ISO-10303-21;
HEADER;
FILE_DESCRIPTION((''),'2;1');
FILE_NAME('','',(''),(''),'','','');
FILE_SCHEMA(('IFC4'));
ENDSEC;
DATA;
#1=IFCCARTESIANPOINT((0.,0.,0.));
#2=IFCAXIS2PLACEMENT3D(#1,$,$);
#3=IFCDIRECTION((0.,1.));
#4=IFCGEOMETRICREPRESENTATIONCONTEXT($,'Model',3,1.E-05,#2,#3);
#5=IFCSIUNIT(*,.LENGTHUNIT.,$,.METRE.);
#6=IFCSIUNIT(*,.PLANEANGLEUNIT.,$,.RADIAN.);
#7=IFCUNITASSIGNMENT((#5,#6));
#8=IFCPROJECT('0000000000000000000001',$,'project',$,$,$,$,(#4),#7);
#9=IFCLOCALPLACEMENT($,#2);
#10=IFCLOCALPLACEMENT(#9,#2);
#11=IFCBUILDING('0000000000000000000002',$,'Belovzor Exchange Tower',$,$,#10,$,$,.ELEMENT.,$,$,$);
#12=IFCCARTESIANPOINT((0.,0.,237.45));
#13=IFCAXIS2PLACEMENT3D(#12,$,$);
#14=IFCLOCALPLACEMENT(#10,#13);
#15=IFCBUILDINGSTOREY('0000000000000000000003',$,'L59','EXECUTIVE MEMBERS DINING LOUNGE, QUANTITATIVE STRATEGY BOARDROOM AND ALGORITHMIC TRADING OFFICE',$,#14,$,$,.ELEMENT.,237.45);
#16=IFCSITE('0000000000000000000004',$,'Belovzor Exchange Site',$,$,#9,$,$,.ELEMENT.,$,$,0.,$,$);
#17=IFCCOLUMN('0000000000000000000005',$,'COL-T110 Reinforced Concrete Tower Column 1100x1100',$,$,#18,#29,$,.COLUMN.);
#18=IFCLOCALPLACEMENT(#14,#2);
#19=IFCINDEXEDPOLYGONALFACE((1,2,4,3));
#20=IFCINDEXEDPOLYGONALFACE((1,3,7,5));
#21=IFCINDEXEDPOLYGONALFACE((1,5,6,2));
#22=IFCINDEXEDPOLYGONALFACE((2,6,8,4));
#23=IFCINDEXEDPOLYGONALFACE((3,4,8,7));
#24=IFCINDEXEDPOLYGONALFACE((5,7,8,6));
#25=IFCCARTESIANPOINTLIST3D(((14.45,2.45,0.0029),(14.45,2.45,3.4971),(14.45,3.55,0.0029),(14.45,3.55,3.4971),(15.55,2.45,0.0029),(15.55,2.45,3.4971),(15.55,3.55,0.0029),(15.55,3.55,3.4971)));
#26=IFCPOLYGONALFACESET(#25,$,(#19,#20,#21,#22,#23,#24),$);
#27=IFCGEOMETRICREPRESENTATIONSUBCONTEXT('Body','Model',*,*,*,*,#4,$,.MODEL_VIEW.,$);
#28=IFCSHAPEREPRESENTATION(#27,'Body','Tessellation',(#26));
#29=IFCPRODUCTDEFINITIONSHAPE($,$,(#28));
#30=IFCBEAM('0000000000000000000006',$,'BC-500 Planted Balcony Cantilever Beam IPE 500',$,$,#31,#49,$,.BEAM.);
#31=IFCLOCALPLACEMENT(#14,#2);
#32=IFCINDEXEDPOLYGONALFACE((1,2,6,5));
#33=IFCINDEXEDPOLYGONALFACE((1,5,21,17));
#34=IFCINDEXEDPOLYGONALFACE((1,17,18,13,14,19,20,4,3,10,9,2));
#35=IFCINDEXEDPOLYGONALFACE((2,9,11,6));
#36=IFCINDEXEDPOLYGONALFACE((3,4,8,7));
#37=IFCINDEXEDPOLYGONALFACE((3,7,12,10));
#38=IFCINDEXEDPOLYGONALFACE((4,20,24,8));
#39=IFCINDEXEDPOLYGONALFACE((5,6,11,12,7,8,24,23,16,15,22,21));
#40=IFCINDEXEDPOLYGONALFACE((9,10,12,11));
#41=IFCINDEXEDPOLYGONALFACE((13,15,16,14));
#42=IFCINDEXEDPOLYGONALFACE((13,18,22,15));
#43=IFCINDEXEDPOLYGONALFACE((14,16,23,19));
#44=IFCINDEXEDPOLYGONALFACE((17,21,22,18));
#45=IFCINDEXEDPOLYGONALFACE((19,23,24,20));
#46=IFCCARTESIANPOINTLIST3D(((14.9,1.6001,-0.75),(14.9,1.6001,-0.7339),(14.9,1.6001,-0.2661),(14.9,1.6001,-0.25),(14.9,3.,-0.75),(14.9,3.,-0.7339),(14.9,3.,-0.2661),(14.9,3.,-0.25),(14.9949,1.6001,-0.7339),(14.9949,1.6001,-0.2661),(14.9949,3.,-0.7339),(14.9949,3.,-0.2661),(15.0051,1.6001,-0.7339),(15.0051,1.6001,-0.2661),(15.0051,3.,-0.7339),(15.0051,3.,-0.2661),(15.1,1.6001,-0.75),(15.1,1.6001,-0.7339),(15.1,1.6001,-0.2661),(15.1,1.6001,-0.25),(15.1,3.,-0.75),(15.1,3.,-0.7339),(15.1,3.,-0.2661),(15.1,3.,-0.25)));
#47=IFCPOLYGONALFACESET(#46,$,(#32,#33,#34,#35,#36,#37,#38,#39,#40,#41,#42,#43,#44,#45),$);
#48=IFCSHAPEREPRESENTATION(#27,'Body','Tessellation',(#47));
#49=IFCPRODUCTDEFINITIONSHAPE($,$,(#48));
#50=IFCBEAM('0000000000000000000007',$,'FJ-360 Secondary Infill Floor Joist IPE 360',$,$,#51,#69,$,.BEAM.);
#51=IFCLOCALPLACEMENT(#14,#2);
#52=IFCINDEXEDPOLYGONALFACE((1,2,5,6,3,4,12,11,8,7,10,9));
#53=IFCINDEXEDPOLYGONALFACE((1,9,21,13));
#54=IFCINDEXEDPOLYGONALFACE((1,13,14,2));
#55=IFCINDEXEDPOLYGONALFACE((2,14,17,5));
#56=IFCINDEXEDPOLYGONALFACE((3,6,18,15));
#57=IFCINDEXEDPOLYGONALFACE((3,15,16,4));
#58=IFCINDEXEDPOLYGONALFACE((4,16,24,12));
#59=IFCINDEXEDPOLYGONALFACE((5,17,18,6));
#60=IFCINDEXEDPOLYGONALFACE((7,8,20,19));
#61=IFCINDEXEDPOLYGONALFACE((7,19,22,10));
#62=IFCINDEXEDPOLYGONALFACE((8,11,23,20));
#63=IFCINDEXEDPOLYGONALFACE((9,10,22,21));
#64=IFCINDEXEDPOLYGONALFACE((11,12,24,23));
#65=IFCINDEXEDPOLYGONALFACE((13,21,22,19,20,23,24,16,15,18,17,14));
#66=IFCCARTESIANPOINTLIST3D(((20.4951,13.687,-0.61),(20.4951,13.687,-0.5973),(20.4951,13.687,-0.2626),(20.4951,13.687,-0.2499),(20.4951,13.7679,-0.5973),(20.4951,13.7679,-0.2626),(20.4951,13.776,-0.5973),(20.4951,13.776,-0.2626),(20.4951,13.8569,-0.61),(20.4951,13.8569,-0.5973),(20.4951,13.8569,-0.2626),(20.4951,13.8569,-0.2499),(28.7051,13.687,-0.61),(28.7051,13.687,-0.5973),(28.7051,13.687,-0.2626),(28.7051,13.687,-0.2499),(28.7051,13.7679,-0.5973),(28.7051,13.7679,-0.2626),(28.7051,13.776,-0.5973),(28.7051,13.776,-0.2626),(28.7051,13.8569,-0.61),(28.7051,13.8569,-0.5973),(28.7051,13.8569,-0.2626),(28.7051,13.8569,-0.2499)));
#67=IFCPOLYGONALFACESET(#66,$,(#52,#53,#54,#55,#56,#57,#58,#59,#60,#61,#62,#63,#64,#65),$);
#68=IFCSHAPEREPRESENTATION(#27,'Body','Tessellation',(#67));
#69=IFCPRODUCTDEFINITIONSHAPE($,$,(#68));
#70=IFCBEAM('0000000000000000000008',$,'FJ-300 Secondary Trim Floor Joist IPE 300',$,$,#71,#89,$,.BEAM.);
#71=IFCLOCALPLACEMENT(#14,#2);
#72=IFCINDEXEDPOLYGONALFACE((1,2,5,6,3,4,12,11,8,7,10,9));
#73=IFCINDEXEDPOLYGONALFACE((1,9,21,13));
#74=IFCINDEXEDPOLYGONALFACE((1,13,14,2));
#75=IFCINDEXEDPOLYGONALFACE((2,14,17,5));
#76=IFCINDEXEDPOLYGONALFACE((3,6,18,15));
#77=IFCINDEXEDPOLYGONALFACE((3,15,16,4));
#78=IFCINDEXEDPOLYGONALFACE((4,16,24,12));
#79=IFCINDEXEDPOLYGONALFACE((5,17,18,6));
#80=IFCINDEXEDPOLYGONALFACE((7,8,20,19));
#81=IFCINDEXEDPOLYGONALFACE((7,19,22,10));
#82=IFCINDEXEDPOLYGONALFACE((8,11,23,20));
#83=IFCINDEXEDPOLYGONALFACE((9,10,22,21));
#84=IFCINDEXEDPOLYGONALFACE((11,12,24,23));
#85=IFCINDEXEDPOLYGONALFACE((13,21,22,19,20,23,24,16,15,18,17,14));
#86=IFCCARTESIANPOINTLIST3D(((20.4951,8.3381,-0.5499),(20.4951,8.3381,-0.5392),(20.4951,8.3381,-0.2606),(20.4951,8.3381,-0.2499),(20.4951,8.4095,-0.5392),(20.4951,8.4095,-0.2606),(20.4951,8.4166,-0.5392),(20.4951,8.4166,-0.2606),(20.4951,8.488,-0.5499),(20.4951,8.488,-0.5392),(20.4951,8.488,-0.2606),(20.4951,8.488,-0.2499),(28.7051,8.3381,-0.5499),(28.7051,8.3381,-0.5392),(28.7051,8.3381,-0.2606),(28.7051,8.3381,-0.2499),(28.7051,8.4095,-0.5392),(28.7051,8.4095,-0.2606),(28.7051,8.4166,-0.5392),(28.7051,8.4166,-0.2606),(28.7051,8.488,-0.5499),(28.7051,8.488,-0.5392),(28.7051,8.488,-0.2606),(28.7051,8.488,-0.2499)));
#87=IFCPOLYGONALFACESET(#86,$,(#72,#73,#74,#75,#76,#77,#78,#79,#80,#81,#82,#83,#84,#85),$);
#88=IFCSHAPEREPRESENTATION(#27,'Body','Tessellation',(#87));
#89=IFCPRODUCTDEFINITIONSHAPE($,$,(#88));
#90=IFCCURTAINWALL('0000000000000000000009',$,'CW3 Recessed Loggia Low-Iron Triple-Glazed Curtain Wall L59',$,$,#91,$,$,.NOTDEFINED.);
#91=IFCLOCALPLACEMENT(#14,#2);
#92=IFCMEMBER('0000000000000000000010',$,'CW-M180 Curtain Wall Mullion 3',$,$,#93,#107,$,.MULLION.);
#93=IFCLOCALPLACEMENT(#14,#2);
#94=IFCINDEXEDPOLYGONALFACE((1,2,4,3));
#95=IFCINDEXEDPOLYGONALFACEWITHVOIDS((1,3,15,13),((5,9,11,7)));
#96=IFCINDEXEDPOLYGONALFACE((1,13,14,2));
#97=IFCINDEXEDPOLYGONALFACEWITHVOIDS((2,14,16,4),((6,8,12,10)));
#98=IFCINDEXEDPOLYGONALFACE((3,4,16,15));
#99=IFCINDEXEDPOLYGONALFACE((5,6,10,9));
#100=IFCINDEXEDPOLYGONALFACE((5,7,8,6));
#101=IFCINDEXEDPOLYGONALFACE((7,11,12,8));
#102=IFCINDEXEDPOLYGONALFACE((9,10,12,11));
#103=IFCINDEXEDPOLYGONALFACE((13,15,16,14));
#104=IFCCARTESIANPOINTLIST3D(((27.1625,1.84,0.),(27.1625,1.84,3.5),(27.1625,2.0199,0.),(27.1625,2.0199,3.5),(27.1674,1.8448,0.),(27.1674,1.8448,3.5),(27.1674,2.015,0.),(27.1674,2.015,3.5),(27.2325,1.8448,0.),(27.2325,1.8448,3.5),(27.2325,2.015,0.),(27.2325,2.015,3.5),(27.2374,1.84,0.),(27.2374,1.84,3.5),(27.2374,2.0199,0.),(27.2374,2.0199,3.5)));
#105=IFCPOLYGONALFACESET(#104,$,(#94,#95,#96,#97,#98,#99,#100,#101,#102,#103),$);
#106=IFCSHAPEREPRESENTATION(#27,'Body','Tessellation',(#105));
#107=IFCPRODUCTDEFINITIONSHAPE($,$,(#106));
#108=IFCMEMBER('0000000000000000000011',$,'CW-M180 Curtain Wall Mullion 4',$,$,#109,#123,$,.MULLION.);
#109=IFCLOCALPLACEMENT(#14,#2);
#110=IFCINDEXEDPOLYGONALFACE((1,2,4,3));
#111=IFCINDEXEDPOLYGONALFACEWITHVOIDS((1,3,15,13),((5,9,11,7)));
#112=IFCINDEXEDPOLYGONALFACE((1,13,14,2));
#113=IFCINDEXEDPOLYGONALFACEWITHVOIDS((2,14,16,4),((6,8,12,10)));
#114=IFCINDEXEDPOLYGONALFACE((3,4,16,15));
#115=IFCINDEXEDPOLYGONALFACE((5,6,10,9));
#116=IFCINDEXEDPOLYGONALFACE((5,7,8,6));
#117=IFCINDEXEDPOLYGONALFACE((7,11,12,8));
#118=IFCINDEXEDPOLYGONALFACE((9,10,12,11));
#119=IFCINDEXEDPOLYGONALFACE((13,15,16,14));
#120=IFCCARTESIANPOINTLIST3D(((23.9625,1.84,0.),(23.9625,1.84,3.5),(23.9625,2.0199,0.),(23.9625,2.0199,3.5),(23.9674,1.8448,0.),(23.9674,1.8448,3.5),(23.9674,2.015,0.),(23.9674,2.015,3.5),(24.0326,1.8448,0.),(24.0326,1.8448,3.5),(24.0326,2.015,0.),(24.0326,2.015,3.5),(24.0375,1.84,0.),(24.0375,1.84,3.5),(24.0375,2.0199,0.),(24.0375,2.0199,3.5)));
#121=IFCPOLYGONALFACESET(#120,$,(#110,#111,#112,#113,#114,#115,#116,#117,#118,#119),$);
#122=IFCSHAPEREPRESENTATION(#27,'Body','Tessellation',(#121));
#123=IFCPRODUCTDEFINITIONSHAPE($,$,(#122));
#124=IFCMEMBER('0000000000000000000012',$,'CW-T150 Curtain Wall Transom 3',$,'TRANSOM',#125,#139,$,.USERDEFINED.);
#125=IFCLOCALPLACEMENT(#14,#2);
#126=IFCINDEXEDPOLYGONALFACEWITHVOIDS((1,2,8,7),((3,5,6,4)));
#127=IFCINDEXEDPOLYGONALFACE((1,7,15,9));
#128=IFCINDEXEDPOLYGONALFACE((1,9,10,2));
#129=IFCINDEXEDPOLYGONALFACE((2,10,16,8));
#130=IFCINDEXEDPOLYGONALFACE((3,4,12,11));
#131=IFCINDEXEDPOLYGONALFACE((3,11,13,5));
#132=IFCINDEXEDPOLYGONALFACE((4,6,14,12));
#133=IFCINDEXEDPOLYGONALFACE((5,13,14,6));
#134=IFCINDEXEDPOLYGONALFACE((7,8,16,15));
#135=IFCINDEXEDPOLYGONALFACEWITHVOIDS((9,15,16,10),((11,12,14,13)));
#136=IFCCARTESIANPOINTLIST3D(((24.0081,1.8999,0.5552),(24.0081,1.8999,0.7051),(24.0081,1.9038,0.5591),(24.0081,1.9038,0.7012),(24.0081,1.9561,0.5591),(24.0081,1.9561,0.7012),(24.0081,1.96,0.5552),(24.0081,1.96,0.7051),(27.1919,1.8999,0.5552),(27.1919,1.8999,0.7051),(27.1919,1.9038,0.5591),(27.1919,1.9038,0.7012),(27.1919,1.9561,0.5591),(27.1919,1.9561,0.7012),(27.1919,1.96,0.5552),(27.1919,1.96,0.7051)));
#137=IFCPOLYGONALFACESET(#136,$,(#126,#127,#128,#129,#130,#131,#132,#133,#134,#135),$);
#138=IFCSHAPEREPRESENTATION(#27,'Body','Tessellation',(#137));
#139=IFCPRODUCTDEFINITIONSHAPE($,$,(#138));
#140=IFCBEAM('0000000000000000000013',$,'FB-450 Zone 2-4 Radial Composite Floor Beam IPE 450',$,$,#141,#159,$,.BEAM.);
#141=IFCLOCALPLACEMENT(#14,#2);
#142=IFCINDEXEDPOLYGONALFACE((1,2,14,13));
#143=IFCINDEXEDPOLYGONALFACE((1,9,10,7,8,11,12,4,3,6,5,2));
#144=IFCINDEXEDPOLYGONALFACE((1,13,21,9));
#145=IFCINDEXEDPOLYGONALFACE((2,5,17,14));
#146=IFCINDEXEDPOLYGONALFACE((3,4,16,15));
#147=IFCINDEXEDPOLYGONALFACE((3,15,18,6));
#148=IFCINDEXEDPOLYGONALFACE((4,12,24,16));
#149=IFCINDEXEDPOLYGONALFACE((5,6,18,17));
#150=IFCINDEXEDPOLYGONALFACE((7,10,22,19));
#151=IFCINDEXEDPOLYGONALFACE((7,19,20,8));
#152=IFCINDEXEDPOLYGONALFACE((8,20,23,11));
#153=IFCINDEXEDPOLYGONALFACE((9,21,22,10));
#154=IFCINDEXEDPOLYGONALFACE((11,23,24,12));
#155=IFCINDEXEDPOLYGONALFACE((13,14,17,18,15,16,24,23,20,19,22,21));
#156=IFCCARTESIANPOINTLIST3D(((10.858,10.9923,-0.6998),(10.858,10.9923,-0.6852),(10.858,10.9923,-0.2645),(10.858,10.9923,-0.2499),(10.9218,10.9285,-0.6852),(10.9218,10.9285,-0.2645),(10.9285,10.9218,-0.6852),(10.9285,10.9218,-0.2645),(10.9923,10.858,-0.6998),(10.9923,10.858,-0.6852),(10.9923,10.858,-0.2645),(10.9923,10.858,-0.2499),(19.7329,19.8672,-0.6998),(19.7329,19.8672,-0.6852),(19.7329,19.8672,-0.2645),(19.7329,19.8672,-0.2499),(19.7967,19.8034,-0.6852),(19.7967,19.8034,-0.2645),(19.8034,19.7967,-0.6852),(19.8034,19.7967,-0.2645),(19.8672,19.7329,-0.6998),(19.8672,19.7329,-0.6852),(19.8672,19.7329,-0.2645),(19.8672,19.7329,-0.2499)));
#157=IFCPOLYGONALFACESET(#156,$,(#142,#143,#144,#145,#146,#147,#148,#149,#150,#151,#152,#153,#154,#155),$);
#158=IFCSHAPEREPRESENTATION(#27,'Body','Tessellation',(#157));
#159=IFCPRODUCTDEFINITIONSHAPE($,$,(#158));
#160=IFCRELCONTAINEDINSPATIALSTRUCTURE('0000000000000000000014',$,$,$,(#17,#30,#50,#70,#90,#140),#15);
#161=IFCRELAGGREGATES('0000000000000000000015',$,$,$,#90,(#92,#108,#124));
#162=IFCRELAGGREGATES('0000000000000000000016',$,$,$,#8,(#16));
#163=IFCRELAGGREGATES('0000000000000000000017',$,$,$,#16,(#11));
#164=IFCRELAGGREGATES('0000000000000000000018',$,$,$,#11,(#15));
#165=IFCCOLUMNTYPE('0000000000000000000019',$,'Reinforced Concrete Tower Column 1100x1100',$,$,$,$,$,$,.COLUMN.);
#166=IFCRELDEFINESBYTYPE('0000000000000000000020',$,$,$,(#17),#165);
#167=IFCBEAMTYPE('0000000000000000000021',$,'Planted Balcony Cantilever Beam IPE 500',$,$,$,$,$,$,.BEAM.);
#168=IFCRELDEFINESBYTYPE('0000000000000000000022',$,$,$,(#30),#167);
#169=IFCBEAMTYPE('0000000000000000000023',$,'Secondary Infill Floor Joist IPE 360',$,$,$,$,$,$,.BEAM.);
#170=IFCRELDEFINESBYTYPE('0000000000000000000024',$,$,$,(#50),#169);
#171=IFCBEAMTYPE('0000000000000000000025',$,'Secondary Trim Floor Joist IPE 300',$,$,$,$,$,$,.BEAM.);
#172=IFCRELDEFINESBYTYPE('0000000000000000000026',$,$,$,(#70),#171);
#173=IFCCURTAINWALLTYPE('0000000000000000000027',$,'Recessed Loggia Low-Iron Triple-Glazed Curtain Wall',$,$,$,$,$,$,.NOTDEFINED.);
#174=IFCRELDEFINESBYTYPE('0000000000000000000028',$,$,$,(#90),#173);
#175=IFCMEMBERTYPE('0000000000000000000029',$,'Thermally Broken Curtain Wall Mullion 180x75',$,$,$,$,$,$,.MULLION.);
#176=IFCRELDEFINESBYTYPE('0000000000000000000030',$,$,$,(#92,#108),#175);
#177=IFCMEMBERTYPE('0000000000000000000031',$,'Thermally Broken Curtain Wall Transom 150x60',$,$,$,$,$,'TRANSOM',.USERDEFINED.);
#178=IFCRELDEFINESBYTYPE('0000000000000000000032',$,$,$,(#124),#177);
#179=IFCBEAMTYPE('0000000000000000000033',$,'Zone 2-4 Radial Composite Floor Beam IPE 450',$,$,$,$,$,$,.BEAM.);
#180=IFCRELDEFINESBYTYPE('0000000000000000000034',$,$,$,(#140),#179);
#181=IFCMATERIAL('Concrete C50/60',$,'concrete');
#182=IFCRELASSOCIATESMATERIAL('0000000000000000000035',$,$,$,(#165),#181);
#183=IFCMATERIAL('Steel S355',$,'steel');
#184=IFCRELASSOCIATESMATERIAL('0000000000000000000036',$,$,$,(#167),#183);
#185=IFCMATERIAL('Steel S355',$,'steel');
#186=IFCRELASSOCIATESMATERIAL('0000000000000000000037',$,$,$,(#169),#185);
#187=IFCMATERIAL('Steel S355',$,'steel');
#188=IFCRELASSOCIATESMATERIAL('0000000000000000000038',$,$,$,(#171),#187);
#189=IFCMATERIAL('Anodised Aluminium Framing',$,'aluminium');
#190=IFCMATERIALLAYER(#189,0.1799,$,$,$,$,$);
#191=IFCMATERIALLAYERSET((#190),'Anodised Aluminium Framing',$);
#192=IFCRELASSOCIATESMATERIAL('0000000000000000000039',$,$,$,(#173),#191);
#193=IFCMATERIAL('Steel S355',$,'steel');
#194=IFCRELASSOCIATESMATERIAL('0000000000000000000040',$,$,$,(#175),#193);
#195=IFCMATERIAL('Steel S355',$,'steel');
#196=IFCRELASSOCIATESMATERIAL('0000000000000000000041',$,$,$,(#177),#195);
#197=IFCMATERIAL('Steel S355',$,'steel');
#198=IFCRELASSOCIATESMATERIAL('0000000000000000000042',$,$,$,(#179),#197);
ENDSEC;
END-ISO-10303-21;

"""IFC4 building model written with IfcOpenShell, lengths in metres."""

from ifc_helpers import new_model, si_unit, direction, frame, origin, origin_2d, place, context, subcontext, project, spatial, rectangle, hollow_rectangle, i_section, extrude, material, layer, layer_set, material_profile, profile_set, type_object, element, aggregate, save


model = new_model("IFC4")

# Units and contexts
model_context = context("Model", 3, precision=1e-05, world=origin(), true_north=direction((0.0, 1.0)))
body_context = subcontext(model_context, "Body", "Model", "MODEL_VIEW")
ifc_project = project(units=[si_unit("LENGTHUNIT", "METRE"), si_unit("PLANEANGLEUNIT", "RADIAN")], contexts=[model_context])

# Site, building, storey
site_placement = place(None, origin())
site = spatial("IfcSite", under=ifc_project, at=site_placement, Name="Belovzor Exchange Site", CompositionType="ELEMENT", RefElevation=0.0)
building_placement = place(site_placement, origin())
building = spatial("IfcBuilding", under=site, at=building_placement, Name="Belovzor Exchange Tower", CompositionType="ELEMENT")
storey_placement = place(building_placement, frame((0.0, 0.0, 237.45)))
storey = spatial("IfcBuildingStorey", under=building, at=storey_placement, Name="L59", Description="EXECUTIVE MEMBERS DINING LOUNGE, QUANTITATIVE STRATEGY BOARDROOM AND ALGORITHMIC TRADING OFFICE", CompositionType="ELEMENT", Elevation=237.45)

# Column
ifc_material_1 = material(Name="Concrete C50/60", Category="concrete")
ifc_material_profile_1 = material_profile(ifc_material_1, rectangle(XDim=1.1001, YDim=1.1001, at=origin_2d()))
ifc_profile_set_1 = profile_set([ifc_material_profile_1], Name="Concrete C50/60")
column_type = type_object("IfcColumnType", Name="Reinforced Concrete Tower Column 1100x1100", PredefinedType="COLUMN", material=ifc_profile_set_1)
column_placement = place(storey_placement, frame((15.0, 3.0, 0.0029), z_axis=(0.0, 0.0, 1.0), x_axis=(1.0, 0.0, 0.0)))
element("IfcColumn", 1, at=column_placement, inside=storey, type_object=column_type, Name="COL-T110 Reinforced Concrete Tower Column 1100x1100", PredefinedType="COLUMN", context=body_context, shape_type="SweptSolid", body=[
    extrude(rectangle(XDim=1.1001, YDim=1.1001, at=origin_2d()), origin(), (0.0, 0.0, 1.0), 3.4941),
])

# Beams
ifc_material_2 = material(Name="Steel S355", Category="steel")
ifc_material_profile_2 = material_profile(ifc_material_2, i_section(OverallWidth=0.2, OverallDepth=0.5, WebThickness=0.0103, FlangeThickness=0.0161, at=origin_2d()))
ifc_profile_set_2 = profile_set([ifc_material_profile_2], Name="Steel S355")
beam_type_1 = type_object("IfcBeamType", Name="Planted Balcony Cantilever Beam IPE 500", PredefinedType="BEAM", material=ifc_profile_set_2)
beam_1_placement = place(storey_placement, frame((15.0, 3.0, -0.5), z_axis=(0.0, -1.0, 0.0), x_axis=(1.0, 0.0, 0.0)))
element("IfcBeam", 2, at=beam_1_placement, inside=storey, type_object=beam_type_1, Name="BC-500 Planted Balcony Cantilever Beam IPE 500", PredefinedType="BEAM", context=body_context, shape_type="SweptSolid", body=[
    extrude(i_section(OverallWidth=0.2, OverallDepth=0.5, WebThickness=0.0103, FlangeThickness=0.0161, at=origin_2d()), origin(), (0.0, 0.0, 1.0), 1.3999),
])
ifc_material_3 = material(Name="Steel S355", Category="steel")
ifc_material_profile_3 = material_profile(ifc_material_3, i_section(OverallWidth=0.1699, OverallDepth=0.3601, WebThickness=0.0081, FlangeThickness=0.0127, at=origin_2d()))
ifc_profile_set_3 = profile_set([ifc_material_profile_3], Name="Steel S355")
beam_type_2 = type_object("IfcBeamType", Name="Secondary Infill Floor Joist IPE 360", PredefinedType="BEAM", material=ifc_profile_set_3)
beam_2_placement = place(storey_placement, frame((20.4951, 13.772, -0.4299), z_axis=(1.0, 0.0, 0.0), x_axis=(0.0, 1.0, 0.0)))
element("IfcBeam", 3, at=beam_2_placement, inside=storey, type_object=beam_type_2, Name="FJ-360 Secondary Infill Floor Joist IPE 360", PredefinedType="BEAM", context=body_context, shape_type="SweptSolid", body=[
    extrude(i_section(OverallWidth=0.1699, OverallDepth=0.3601, WebThickness=0.0081, FlangeThickness=0.0127, at=origin_2d()), origin(), (0.0, 0.0, 1.0), 8.21),
])
ifc_material_4 = material(Name="Steel S355", Category="steel")
ifc_material_profile_4 = material_profile(ifc_material_4, i_section(OverallWidth=0.1499, OverallDepth=0.3, WebThickness=0.0071, FlangeThickness=0.0107, at=origin_2d()))
ifc_profile_set_4 = profile_set([ifc_material_profile_4], Name="Steel S355")
beam_type_3 = type_object("IfcBeamType", Name="Secondary Trim Floor Joist IPE 300", PredefinedType="BEAM", material=ifc_profile_set_4)
beam_3_placement = place(storey_placement, frame((20.4951, 8.4131, -0.3999), z_axis=(1.0, 0.0, 0.0), x_axis=(0.0, 1.0, 0.0)))
element("IfcBeam", 4, at=beam_3_placement, inside=storey, type_object=beam_type_3, Name="FJ-300 Secondary Trim Floor Joist IPE 300", PredefinedType="BEAM", context=body_context, shape_type="SweptSolid", body=[
    extrude(i_section(OverallWidth=0.1499, OverallDepth=0.3, WebThickness=0.0071, FlangeThickness=0.0107, at=origin_2d()), origin(), (0.0, 0.0, 1.0), 8.21),
])

# Curtain wall, members
ifc_material_5 = material(Name="Anodised Aluminium Framing", Category="aluminium")
ifc_layer_1 = layer(ifc_material_5, 0.1799)
ifc_layer_set_1 = layer_set([ifc_layer_1], Name="Anodised Aluminium Framing")
curtain_wall_type = type_object("IfcCurtainWallType", Name="Recessed Loggia Low-Iron Triple-Glazed Curtain Wall", PredefinedType="NOTDEFINED", material=ifc_layer_set_1)
curtain_wall_placement = place(storey_placement, origin())
curtain_wall = element("IfcCurtainWall", 5, at=curtain_wall_placement, inside=storey, type_object=curtain_wall_type, Name="CW3 Recessed Loggia Low-Iron Triple-Glazed Curtain Wall L59", PredefinedType="NOTDEFINED")
ifc_material_6 = material(Name="Steel S355", Category="steel")
ifc_material_profile_5 = material_profile(ifc_material_6, hollow_rectangle(XDim=0.075, YDim=0.1799, WallThickness=0.0049, at=origin_2d()))
ifc_profile_set_5 = profile_set([ifc_material_profile_5], Name="Steel S355")
member_type_1 = type_object("IfcMemberType", Name="Thermally Broken Curtain Wall Mullion 180x75", PredefinedType="MULLION", material=ifc_profile_set_5)
member_1_placement = place(storey_placement, frame((27.2, 1.9299, 0.0), z_axis=(0.0, 0.0, 1.0), x_axis=(-1.0, 0.0, 0.0)))
member_1 = element("IfcMember", 6, at=member_1_placement, type_object=member_type_1, Name="CW-M180 Curtain Wall Mullion 3", PredefinedType="MULLION", context=body_context, shape_type="SweptSolid", body=[
    extrude(hollow_rectangle(XDim=0.075, YDim=0.1799, WallThickness=0.0049, at=origin_2d()), origin(), (0.0, 0.0, 1.0), 3.5),
])
member_2_placement = place(storey_placement, frame((24.0, 1.9299, 0.0), z_axis=(0.0, 0.0, 1.0), x_axis=(-1.0, 0.0, 0.0)))
member_2 = element("IfcMember", 7, at=member_2_placement, type_object=member_type_1, Name="CW-M180 Curtain Wall Mullion 4", PredefinedType="MULLION", context=body_context, shape_type="SweptSolid", body=[
    extrude(hollow_rectangle(XDim=0.075, YDim=0.1799, WallThickness=0.0049, at=origin_2d()), origin(), (0.0, 0.0, 1.0), 3.5),
])
ifc_material_7 = material(Name="Steel S355", Category="steel")
ifc_material_profile_6 = material_profile(ifc_material_7, hollow_rectangle(XDim=0.0601, YDim=0.1499, WallThickness=0.0039, at=origin_2d()))
ifc_profile_set_6 = profile_set([ifc_material_profile_6], Name="Steel S355")
member_type_2 = type_object("IfcMemberType", Name="Thermally Broken Curtain Wall Transom 150x60", ElementType="TRANSOM", PredefinedType="USERDEFINED", material=ifc_profile_set_6)
member_3_placement = place(storey_placement, frame((27.1919, 1.9299, 0.6301), z_axis=(-1.0, 0.0, 0.0), x_axis=(0.0, -1.0, 0.0)))
member_3 = element("IfcMember", 8, at=member_3_placement, type_object=member_type_2, Name="CW-T150 Curtain Wall Transom 3", ObjectType="TRANSOM", PredefinedType="USERDEFINED", context=body_context, shape_type="SweptSolid", body=[
    extrude(hollow_rectangle(XDim=0.0601, YDim=0.1499, WallThickness=0.0039, at=origin_2d()), origin(), (0.0, 0.0, 1.0), 3.1838),
])

# Beam
ifc_material_8 = material(Name="Steel S355", Category="steel")
ifc_material_profile_7 = material_profile(ifc_material_8, i_section(OverallWidth=0.1899, OverallDepth=0.45, WebThickness=0.0095, FlangeThickness=0.0146, at=origin_2d()))
ifc_profile_set_7 = profile_set([ifc_material_profile_7], Name="Steel S355")
beam_type_4 = type_object("IfcBeamType", Name="Zone 2-4 Radial Composite Floor Beam IPE 450", PredefinedType="BEAM", material=ifc_profile_set_7)
beam_4_placement = place(storey_placement, frame((19.8, 19.8, -0.4749), z_axis=(-0.707107, -0.707107, 0.0), x_axis=(0.707107, -0.707107, 0.0)))
element("IfcBeam", 9, at=beam_4_placement, inside=storey, type_object=beam_type_4, Name="FB-450 Zone 2-4 Radial Composite Floor Beam IPE 450", PredefinedType="BEAM", context=body_context, shape_type="SweptSolid", body=[
    extrude(i_section(OverallWidth=0.1899, OverallDepth=0.45, WebThickness=0.0095, FlangeThickness=0.0146, at=origin_2d()), origin(), (0.0, 0.0, 1.0), 12.551),
])

aggregate(curtain_wall, [member_1, member_2, member_3])

save(model, "model.ifc")
